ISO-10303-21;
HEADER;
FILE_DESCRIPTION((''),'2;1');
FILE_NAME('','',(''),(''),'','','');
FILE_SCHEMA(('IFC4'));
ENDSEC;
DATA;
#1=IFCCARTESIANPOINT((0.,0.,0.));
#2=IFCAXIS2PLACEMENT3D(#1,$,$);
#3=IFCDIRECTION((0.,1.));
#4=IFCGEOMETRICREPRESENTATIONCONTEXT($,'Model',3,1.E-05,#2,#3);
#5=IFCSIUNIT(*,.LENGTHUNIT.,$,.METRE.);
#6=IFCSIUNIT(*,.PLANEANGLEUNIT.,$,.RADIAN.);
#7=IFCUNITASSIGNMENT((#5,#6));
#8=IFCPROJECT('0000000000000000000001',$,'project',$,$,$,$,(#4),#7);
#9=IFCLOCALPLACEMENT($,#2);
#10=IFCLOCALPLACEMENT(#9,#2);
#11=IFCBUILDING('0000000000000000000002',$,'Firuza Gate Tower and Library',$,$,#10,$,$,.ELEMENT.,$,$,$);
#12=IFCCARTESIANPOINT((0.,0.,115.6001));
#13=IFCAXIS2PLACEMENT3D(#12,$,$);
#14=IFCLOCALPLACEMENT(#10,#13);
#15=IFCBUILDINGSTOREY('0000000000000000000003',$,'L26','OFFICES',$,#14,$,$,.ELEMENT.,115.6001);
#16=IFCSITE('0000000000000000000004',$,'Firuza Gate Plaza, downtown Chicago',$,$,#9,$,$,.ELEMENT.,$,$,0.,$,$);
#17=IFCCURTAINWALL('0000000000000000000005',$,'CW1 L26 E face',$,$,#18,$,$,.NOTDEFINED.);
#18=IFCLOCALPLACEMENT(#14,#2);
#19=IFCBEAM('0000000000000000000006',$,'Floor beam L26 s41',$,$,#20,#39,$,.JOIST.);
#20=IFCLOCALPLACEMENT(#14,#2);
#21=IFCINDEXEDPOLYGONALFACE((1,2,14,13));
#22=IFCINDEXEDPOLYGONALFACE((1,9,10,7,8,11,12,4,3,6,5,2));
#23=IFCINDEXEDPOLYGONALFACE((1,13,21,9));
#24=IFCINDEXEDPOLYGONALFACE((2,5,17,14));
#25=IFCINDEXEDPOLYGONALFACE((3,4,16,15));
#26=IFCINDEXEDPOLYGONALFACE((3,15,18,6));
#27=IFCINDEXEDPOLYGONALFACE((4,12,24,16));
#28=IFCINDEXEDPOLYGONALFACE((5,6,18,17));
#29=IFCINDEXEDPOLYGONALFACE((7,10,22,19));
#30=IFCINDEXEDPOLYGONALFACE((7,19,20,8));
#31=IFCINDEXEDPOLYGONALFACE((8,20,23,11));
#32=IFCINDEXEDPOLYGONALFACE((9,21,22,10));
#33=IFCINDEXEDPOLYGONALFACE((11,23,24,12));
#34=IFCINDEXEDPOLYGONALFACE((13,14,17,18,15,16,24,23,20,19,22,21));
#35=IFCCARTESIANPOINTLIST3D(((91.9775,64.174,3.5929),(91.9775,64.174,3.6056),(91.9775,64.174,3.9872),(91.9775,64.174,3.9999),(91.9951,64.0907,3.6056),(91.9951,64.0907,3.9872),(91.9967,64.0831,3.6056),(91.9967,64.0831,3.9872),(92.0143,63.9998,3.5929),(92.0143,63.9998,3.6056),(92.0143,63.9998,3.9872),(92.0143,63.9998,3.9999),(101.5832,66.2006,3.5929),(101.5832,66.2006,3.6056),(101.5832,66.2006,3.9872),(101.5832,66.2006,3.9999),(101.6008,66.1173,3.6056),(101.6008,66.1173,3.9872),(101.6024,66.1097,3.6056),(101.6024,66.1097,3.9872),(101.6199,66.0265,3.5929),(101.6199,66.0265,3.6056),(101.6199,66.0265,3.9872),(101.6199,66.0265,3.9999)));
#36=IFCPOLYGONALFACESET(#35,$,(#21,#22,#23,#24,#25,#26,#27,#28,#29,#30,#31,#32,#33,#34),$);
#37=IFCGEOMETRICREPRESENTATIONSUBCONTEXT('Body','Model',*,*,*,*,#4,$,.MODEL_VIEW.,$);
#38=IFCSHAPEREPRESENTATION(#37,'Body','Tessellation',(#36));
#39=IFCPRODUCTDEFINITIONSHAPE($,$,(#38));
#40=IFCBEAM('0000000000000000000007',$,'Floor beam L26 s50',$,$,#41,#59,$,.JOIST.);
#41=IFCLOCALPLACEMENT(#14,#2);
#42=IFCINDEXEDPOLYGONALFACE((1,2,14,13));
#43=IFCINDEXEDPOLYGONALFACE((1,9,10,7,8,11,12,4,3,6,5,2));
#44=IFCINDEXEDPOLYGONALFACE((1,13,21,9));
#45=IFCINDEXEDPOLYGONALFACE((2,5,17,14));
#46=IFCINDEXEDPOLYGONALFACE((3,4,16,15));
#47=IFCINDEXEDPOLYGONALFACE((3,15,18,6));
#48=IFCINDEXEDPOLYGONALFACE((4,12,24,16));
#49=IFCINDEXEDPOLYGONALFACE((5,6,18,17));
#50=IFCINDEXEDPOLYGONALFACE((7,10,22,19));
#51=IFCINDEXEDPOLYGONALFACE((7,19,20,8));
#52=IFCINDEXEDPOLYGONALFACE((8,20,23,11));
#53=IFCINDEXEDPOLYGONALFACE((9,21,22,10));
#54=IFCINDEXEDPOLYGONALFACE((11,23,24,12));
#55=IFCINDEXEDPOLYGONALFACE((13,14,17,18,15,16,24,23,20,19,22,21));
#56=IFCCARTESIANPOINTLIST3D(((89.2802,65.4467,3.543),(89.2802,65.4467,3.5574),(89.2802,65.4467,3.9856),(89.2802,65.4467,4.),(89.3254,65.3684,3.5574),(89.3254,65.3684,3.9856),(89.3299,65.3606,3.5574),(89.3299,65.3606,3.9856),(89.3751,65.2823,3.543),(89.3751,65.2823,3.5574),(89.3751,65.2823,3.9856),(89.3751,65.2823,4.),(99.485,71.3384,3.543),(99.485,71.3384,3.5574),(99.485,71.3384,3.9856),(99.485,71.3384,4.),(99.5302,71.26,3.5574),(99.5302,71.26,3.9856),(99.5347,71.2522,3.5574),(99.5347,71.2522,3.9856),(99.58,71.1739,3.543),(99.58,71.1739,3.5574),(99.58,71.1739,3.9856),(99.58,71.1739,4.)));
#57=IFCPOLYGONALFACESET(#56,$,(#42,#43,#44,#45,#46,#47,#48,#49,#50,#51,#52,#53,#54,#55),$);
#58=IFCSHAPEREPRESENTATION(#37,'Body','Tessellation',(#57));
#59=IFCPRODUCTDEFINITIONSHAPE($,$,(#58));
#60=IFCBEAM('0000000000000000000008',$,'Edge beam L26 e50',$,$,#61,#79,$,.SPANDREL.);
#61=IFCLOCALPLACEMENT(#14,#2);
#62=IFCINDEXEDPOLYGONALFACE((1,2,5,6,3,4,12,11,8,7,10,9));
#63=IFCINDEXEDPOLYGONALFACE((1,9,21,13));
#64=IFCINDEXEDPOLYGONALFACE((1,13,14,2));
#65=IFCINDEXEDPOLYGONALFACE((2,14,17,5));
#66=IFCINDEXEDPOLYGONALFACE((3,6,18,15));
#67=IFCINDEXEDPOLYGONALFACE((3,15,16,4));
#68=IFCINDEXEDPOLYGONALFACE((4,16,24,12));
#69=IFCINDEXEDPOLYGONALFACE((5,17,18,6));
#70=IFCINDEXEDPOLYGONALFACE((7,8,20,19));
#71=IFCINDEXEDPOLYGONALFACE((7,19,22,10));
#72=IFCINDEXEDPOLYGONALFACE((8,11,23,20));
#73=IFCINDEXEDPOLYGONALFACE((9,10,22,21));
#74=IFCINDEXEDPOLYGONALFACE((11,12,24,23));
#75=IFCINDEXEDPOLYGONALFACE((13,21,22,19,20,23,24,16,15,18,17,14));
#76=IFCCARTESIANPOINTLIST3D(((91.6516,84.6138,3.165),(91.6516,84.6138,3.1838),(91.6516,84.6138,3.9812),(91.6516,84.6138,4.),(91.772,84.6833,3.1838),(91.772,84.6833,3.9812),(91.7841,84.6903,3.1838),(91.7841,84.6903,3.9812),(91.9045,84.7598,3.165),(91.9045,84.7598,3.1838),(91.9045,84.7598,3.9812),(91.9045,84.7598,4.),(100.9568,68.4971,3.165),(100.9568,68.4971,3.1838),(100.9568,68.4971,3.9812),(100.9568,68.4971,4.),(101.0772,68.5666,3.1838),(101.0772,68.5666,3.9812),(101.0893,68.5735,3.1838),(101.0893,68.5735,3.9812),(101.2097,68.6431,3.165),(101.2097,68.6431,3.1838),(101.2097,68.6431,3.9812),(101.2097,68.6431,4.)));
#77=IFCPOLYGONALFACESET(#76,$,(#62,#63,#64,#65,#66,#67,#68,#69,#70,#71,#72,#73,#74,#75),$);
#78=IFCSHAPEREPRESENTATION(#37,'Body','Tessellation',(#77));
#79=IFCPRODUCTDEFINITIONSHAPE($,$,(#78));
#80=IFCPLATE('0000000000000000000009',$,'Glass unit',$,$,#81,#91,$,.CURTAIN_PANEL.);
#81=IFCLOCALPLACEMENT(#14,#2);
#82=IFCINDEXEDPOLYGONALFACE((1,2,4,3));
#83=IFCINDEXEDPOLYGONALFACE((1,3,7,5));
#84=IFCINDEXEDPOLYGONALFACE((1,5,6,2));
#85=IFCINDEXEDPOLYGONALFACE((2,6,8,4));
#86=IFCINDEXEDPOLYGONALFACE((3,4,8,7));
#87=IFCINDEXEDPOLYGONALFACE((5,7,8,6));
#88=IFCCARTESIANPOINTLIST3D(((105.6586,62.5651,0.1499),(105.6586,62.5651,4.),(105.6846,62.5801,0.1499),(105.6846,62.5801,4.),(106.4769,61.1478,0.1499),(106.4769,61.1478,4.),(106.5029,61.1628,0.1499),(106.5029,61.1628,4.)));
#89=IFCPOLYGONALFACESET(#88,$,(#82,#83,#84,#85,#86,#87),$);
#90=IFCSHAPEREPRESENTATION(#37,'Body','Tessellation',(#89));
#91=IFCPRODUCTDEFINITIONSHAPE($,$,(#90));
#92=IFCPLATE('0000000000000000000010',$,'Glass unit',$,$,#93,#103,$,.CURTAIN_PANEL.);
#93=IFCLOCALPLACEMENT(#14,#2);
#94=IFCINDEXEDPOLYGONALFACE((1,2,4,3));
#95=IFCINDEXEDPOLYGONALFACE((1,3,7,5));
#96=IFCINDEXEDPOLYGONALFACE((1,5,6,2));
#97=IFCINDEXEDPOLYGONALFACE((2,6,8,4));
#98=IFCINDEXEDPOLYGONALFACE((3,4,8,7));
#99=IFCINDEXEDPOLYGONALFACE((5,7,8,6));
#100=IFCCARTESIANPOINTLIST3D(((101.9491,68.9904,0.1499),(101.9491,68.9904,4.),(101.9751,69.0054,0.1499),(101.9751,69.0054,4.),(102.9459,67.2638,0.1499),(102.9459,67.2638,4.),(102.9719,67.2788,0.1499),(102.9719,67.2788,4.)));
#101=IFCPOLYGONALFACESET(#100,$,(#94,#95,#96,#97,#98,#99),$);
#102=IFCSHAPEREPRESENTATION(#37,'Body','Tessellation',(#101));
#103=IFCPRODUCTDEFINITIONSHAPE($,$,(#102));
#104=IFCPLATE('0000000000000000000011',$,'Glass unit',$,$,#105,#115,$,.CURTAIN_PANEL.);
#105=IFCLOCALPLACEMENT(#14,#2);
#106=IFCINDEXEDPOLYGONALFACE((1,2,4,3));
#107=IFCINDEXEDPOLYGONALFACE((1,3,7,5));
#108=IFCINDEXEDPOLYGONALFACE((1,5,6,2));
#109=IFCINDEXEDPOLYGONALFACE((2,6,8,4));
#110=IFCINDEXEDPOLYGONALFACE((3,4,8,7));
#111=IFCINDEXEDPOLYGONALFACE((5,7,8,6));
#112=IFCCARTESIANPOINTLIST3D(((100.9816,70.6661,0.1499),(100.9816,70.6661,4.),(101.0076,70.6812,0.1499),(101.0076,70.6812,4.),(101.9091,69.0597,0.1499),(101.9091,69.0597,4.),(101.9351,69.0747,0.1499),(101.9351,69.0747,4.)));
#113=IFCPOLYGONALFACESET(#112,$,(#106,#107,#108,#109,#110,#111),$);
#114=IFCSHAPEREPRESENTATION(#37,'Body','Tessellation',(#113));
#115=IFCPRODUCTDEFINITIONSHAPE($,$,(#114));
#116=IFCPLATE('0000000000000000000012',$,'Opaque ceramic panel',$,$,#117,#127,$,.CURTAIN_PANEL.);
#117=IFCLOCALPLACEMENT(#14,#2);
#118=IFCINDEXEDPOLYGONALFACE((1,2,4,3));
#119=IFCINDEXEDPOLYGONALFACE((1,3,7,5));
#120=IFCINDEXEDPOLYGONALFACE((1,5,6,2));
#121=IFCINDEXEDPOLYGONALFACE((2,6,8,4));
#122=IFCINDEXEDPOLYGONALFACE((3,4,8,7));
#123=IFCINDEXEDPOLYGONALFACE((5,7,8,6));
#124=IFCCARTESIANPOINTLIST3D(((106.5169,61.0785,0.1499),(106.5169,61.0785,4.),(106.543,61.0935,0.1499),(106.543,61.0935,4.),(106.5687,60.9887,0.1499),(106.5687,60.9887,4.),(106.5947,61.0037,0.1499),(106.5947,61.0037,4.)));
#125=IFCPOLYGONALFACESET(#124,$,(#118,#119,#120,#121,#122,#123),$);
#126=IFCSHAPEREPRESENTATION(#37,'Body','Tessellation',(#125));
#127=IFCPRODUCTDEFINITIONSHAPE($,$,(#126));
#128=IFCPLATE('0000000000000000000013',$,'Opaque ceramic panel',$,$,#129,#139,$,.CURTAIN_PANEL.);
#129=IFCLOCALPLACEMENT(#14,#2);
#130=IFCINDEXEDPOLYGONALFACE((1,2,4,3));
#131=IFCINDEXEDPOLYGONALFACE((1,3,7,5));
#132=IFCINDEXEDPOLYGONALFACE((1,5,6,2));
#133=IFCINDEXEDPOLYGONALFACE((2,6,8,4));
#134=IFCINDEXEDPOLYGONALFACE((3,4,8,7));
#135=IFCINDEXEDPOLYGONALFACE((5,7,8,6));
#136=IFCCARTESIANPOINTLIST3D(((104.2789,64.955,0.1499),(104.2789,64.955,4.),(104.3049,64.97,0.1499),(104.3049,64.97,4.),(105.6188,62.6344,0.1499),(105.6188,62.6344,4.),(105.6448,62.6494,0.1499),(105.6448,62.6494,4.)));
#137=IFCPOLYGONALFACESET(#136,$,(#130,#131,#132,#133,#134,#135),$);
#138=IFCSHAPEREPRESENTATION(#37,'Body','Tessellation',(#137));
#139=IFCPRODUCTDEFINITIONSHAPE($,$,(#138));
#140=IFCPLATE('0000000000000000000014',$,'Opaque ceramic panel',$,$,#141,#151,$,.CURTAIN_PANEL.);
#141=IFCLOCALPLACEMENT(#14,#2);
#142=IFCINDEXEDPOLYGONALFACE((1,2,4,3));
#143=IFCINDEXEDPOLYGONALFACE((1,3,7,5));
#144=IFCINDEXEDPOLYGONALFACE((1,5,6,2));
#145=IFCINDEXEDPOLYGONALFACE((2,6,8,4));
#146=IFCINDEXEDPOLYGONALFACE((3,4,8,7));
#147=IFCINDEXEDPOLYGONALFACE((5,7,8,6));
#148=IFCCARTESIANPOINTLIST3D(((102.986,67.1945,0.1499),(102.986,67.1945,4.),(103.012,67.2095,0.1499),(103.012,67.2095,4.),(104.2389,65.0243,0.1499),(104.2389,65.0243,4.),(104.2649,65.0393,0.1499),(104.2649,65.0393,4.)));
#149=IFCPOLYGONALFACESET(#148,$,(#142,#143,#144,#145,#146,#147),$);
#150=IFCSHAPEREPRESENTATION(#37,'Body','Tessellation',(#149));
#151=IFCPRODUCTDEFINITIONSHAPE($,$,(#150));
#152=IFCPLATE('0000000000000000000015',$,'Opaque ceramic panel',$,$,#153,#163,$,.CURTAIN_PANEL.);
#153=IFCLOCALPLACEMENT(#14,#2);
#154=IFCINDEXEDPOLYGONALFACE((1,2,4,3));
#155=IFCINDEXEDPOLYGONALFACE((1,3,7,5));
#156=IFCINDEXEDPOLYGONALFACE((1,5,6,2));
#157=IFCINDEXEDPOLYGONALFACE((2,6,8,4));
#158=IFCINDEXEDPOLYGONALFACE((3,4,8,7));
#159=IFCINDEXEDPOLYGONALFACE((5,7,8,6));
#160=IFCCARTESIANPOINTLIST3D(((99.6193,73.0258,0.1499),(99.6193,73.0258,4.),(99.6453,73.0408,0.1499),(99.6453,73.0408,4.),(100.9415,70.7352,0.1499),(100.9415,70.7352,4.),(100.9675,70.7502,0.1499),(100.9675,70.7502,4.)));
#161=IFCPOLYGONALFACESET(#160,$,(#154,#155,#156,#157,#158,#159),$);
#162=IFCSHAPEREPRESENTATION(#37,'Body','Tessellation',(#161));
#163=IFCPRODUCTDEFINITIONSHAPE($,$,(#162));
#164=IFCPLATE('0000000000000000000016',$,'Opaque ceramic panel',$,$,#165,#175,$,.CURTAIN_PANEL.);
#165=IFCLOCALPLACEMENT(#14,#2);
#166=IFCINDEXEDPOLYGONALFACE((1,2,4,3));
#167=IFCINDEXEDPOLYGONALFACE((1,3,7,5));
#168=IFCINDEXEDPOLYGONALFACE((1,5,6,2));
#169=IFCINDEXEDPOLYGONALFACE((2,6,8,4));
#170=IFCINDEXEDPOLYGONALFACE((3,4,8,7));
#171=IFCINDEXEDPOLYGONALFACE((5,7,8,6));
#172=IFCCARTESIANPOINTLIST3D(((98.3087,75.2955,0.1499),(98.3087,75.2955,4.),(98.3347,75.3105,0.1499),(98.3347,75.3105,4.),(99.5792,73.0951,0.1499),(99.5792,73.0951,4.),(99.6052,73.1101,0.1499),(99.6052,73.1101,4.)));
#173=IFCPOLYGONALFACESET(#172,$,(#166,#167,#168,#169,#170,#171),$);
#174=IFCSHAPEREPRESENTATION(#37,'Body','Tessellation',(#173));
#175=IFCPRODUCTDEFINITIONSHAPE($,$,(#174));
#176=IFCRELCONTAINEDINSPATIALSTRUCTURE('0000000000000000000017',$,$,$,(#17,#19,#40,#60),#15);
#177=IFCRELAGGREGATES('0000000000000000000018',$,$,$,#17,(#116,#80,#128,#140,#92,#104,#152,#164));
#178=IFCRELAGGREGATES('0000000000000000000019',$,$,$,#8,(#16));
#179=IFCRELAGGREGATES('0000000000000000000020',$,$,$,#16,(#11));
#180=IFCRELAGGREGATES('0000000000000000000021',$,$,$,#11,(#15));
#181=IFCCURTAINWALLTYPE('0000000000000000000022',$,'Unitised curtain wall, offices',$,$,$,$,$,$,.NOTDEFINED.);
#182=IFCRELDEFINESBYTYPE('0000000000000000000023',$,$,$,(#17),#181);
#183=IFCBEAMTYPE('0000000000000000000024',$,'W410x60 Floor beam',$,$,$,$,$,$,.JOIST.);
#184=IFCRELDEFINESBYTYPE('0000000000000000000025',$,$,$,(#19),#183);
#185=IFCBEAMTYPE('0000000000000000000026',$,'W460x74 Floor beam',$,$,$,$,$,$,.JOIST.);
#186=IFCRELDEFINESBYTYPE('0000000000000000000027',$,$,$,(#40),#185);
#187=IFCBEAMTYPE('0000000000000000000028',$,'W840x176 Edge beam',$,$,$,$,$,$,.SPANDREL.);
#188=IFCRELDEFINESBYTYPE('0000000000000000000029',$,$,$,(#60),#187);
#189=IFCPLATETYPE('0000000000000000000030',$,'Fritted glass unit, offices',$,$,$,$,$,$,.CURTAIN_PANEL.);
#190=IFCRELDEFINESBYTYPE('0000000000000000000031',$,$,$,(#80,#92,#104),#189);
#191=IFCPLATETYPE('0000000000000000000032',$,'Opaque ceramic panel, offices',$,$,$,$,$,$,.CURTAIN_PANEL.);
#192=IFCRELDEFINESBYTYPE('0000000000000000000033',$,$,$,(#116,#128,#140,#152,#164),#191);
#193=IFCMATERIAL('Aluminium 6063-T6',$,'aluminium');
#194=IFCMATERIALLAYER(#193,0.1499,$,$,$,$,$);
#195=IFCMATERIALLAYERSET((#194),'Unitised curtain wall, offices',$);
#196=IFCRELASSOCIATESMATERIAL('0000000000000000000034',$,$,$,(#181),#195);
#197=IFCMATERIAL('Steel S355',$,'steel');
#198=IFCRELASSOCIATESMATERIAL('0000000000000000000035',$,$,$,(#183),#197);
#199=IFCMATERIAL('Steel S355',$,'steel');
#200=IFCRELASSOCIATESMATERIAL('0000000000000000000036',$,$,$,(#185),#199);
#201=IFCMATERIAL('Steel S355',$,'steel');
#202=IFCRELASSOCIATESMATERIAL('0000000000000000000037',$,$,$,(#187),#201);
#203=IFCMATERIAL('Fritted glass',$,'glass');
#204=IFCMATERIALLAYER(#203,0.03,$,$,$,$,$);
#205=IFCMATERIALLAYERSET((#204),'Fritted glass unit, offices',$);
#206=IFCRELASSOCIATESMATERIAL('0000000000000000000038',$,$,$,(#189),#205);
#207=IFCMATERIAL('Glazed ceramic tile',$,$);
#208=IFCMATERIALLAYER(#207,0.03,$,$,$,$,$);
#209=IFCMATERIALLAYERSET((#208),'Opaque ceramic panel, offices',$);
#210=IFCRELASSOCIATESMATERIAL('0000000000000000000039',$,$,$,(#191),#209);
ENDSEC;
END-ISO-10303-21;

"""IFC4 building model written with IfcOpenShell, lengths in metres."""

from ifc_helpers import new_model, si_unit, direction, frame, origin, origin_2d, place, context, subcontext, project, spatial, polyline, i_section, outline, extrude, material, layer, layer_set, material_profile, profile_set, type_object, element, aggregate, save


model = new_model("IFC4")

# Units and contexts
model_context = context("Model", 3, precision=1e-05, world=origin(), true_north=direction((0.0, 1.0)))
body_context = subcontext(model_context, "Body", "Model", "MODEL_VIEW")
ifc_project = project(units=[si_unit("LENGTHUNIT", "METRE"), si_unit("PLANEANGLEUNIT", "RADIAN")], contexts=[model_context])

# Site, building, storey
site_placement = place(None, origin())
site = spatial("IfcSite", under=ifc_project, at=site_placement, Name="Firuza Gate Plaza, downtown Chicago", CompositionType="ELEMENT", RefElevation=0.0)
building_placement = place(site_placement, origin())
building = spatial("IfcBuilding", under=site, at=building_placement, Name="Firuza Gate Tower and Library", CompositionType="ELEMENT")
storey_placement = place(building_placement, frame((0.0, 0.0, 115.6001)))
storey = spatial("IfcBuildingStorey", under=building, at=storey_placement, Name="L26", Description="OFFICES", CompositionType="ELEMENT", Elevation=115.6001)

# Curtain wall
ifc_material_1 = material(Name="Aluminium 6063-T6", Category="aluminium")
ifc_layer_1 = layer(ifc_material_1, 0.1499)
ifc_layer_set_1 = layer_set([ifc_layer_1], Name="Unitised curtain wall, offices")
curtain_wall_type_1 = type_object("IfcCurtainWallType", Name="Unitised curtain wall, offices", PredefinedType="NOTDEFINED", material=ifc_layer_set_1)
placement = place(storey_placement, origin())
curtain_wall_1 = element("IfcCurtainWall", 1, at=placement, inside=storey, type_object=curtain_wall_type_1, Name="CW1 L26 E face", PredefinedType="NOTDEFINED")

# Beams
ifc_material_2 = material(Name="Steel S355", Category="steel")
ifc_material_profile_1 = material_profile(ifc_material_2, i_section(OverallWidth=0.178, OverallDepth=0.407, WebThickness=0.0078, FlangeThickness=0.0127, at=origin_2d()))
ifc_profile_set_1 = profile_set([ifc_material_profile_1], Name="Steel S355")
beam_type_1 = type_object("IfcBeamType", Name="W410x60 Floor beam", PredefinedType="JOIST", material=ifc_profile_set_1)
beam_1_placement = place(storey_placement, frame((101.6016, 66.1135, 3.7964), z_axis=(-0.97846, -0.206435, 0.0), x_axis=(0.206435, -0.97846, 0.0)))
element("IfcBeam", 2, at=beam_1_placement, inside=storey, type_object=beam_type_1, Name="Floor beam L26 s41", PredefinedType="JOIST", context=body_context, shape_type="SweptSolid", body=[
    extrude(i_section(OverallWidth=0.178, OverallDepth=0.407, WebThickness=0.0078, FlangeThickness=0.0127, at=origin_2d()), origin(), (0.0, 0.0, 1.0), 9.8171),
])
ifc_material_3 = material(Name="Steel S355", Category="steel")
ifc_material_profile_2 = material_profile(ifc_material_3, i_section(OverallWidth=0.1899, OverallDepth=0.457, WebThickness=0.009, FlangeThickness=0.0144, at=origin_2d()))
ifc_profile_set_2 = profile_set([ifc_material_profile_2], Name="Steel S355")
beam_type_2 = type_object("IfcBeamType", Name="W460x74 Floor beam", PredefinedType="JOIST", material=ifc_profile_set_2)
beam_2_placement = place(storey_placement, frame((99.5325, 71.2561, 3.7715), z_axis=(-0.866031, -0.49999, 0.0), x_axis=(0.49999, -0.866031, 0.0)))
element("IfcBeam", 3, at=beam_2_placement, inside=storey, type_object=beam_type_2, Name="Floor beam L26 s50", PredefinedType="JOIST", context=body_context, shape_type="SweptSolid", body=[
    extrude(i_section(OverallWidth=0.1899, OverallDepth=0.457, WebThickness=0.009, FlangeThickness=0.0144, at=origin_2d()), origin(), (0.0, 0.0, 1.0), 11.7834),
])
ifc_material_4 = material(Name="Steel S355", Category="steel")
ifc_material_profile_3 = material_profile(ifc_material_4, i_section(OverallWidth=0.292, OverallDepth=0.835, WebThickness=0.0139, FlangeThickness=0.0188, at=origin_2d()))
ifc_profile_set_3 = profile_set([ifc_material_profile_3], Name="Steel S355")
beam_type_3 = type_object("IfcBeamType", Name="W840x176 Edge beam", PredefinedType="SPANDREL", material=ifc_profile_set_3)
beam_3_placement = place(storey_placement, frame((101.0833, 68.5701, 3.5825), z_axis=(-0.500008, 0.866021, 0.0), x_axis=(-0.866021, -0.500008, 0.0)))
element("IfcBeam", 4, at=beam_3_placement, inside=storey, type_object=beam_type_3, Name="Edge beam L26 e50", PredefinedType="SPANDREL", context=body_context, shape_type="SweptSolid", body=[
    extrude(i_section(OverallWidth=0.292, OverallDepth=0.835, WebThickness=0.0139, FlangeThickness=0.0188, at=origin_2d()), origin(), (0.0, 0.0, 1.0), 18.6101),
])

# Plates
ifc_material_5 = material(Name="Fritted glass", Category="glass")
ifc_layer_2 = layer(ifc_material_5, 0.03)
ifc_layer_set_2 = layer_set([ifc_layer_2], Name="Fritted glass unit, offices")
plate_type_1 = type_object("IfcPlateType", Name="Fritted glass unit, offices", PredefinedType="CURTAIN_PANEL", material=ifc_layer_set_2)
plate_1_placement = place(storey_placement, frame((106.5029, 61.1628, 0.1499), z_axis=(0.865994, 0.500054, 0.0), x_axis=(-0.500054, 0.865994, 0.0)))
plate_1 = element("IfcPlate", 5, at=plate_1_placement, type_object=plate_type_1, Name="Glass unit", PredefinedType="CURTAIN_PANEL", context=body_context, shape_type="SweptSolid", body=[
    extrude(outline(polyline([(0.0, 0.0), (1.6365, 0.0), (1.6365, 3.8501), (0.0, 3.8501), (0.0, 0.0)])), origin(), (0.0, 0.0, -1.0), 0.03),
])
plate_2_placement = place(storey_placement, frame((102.9719, 67.2788, 0.1499), z_axis=(0.866027, 0.499998, 0.0), x_axis=(-0.499998, 0.866027, 0.0)))
plate_2 = element("IfcPlate", 6, at=plate_2_placement, type_object=plate_type_1, Name="Glass unit", PredefinedType="CURTAIN_PANEL", context=body_context, shape_type="SweptSolid", body=[
    extrude(outline(polyline([(0.0, 0.0), (1.9937, 0.0), (1.9937, 3.8501), (0.0, 3.8501), (0.0, 0.0)])), origin(), (0.0, 0.0, -1.0), 0.03),
])
plate_3_placement = place(storey_placement, frame((101.9351, 69.0747, 0.1499), z_axis=(0.866023, 0.500003, 0.0), x_axis=(-0.500003, 0.866023, 0.0)))
plate_3 = element("IfcPlate", 7, at=plate_3_placement, type_object=plate_type_1, Name="Glass unit", PredefinedType="CURTAIN_PANEL", context=body_context, shape_type="SweptSolid", body=[
    extrude(outline(polyline([(0.0, 0.0), (1.855, 0.0), (1.855, 3.8501), (0.0, 3.8501), (0.0, 0.0)])), origin(), (0.0, 0.0, -1.0), 0.03),
])
ifc_material_6 = material(Name="Glazed ceramic tile")
ifc_layer_3 = layer(ifc_material_6, 0.03)
ifc_layer_set_3 = layer_set([ifc_layer_3], Name="Opaque ceramic panel, offices")
plate_type_2 = type_object("IfcPlateType", Name="Opaque ceramic panel, offices", PredefinedType="CURTAIN_PANEL", material=ifc_layer_set_3)
plate_4_placement = place(storey_placement, frame((106.5947, 61.0037, 0.1499), z_axis=(0.866499, 0.499179, 0.0), x_axis=(-0.499179, 0.866499, 0.0)))
plate_4 = element("IfcPlate", 8, at=plate_4_placement, type_object=plate_type_2, Name="Opaque ceramic panel", PredefinedType="CURTAIN_PANEL", context=body_context, shape_type="SweptSolid", body=[
    extrude(outline(polyline([(0.0, 0.0), (0.1037, 0.0), (0.1037, 3.8501), (0.0, 3.8501), (0.0, 0.0)])), origin(), (0.0, 0.0, -1.0), 0.03),
])
plate_5_placement = place(storey_placement, frame((105.6448, 62.6494, 0.1499), z_axis=(0.866014, 0.50002, 0.0), x_axis=(-0.50002, 0.866014, 0.0)))
plate_5 = element("IfcPlate", 9, at=plate_5_placement, type_object=plate_type_2, Name="Opaque ceramic panel", PredefinedType="CURTAIN_PANEL", context=body_context, shape_type="SweptSolid", body=[
    extrude(outline(polyline([(0.0, 0.0), (2.6796, 0.0), (2.6796, 3.8501), (0.0, 3.8501), (0.0, 0.0)])), origin(), (0.0, 0.0, -1.0), 0.03),
])
plate_6_placement = place(storey_placement, frame((104.2649, 65.0393, 0.1499), z_axis=(0.866028, 0.499995, 0.0), x_axis=(-0.499995, 0.866028, 0.0)))
plate_6 = element("IfcPlate", 10, at=plate_6_placement, type_object=plate_type_2, Name="Opaque ceramic panel", PredefinedType="CURTAIN_PANEL", context=body_context, shape_type="SweptSolid", body=[
    extrude(outline(polyline([(0.0, 0.0), (2.5059, 0.0), (2.5059, 3.8501), (0.0, 3.8501), (0.0, 0.0)])), origin(), (0.0, 0.0, -1.0), 0.03),
])
plate_7_placement = place(storey_placement, frame((100.9675, 70.7502, 0.1499), z_axis=(0.866053, 0.499952, 0.0), x_axis=(-0.499952, 0.866053, 0.0)))
plate_7 = element("IfcPlate", 11, at=plate_7_placement, type_object=plate_type_2, Name="Opaque ceramic panel", PredefinedType="CURTAIN_PANEL", context=body_context, shape_type="SweptSolid", body=[
    extrude(outline(polyline([(0.0, 0.0), (2.6448, 0.0), (2.6448, 3.8501), (0.0, 3.8501), (0.0, 0.0)])), origin(), (0.0, 0.0, -1.0), 0.03),
])
plate_8_placement = place(storey_placement, frame((99.6052, 73.1101, 0.1499), z_axis=(0.866011, 0.500025, 0.0), x_axis=(-0.500025, 0.866011, 0.0)))
plate_8 = element("IfcPlate", 12, at=plate_8_placement, type_object=plate_type_2, Name="Opaque ceramic panel", PredefinedType="CURTAIN_PANEL", context=body_context, shape_type="SweptSolid", body=[
    extrude(outline(polyline([(0.0, 0.0), (2.5409, 0.0), (2.5409, 3.8501), (0.0, 3.8501), (0.0, 0.0)])), origin(), (0.0, 0.0, -1.0), 0.03),
])
aggregate(curtain_wall_1, [plate_4, plate_1, plate_5, plate_6, plate_2, plate_3, plate_7, plate_8])

save(model, "model.ifc")
